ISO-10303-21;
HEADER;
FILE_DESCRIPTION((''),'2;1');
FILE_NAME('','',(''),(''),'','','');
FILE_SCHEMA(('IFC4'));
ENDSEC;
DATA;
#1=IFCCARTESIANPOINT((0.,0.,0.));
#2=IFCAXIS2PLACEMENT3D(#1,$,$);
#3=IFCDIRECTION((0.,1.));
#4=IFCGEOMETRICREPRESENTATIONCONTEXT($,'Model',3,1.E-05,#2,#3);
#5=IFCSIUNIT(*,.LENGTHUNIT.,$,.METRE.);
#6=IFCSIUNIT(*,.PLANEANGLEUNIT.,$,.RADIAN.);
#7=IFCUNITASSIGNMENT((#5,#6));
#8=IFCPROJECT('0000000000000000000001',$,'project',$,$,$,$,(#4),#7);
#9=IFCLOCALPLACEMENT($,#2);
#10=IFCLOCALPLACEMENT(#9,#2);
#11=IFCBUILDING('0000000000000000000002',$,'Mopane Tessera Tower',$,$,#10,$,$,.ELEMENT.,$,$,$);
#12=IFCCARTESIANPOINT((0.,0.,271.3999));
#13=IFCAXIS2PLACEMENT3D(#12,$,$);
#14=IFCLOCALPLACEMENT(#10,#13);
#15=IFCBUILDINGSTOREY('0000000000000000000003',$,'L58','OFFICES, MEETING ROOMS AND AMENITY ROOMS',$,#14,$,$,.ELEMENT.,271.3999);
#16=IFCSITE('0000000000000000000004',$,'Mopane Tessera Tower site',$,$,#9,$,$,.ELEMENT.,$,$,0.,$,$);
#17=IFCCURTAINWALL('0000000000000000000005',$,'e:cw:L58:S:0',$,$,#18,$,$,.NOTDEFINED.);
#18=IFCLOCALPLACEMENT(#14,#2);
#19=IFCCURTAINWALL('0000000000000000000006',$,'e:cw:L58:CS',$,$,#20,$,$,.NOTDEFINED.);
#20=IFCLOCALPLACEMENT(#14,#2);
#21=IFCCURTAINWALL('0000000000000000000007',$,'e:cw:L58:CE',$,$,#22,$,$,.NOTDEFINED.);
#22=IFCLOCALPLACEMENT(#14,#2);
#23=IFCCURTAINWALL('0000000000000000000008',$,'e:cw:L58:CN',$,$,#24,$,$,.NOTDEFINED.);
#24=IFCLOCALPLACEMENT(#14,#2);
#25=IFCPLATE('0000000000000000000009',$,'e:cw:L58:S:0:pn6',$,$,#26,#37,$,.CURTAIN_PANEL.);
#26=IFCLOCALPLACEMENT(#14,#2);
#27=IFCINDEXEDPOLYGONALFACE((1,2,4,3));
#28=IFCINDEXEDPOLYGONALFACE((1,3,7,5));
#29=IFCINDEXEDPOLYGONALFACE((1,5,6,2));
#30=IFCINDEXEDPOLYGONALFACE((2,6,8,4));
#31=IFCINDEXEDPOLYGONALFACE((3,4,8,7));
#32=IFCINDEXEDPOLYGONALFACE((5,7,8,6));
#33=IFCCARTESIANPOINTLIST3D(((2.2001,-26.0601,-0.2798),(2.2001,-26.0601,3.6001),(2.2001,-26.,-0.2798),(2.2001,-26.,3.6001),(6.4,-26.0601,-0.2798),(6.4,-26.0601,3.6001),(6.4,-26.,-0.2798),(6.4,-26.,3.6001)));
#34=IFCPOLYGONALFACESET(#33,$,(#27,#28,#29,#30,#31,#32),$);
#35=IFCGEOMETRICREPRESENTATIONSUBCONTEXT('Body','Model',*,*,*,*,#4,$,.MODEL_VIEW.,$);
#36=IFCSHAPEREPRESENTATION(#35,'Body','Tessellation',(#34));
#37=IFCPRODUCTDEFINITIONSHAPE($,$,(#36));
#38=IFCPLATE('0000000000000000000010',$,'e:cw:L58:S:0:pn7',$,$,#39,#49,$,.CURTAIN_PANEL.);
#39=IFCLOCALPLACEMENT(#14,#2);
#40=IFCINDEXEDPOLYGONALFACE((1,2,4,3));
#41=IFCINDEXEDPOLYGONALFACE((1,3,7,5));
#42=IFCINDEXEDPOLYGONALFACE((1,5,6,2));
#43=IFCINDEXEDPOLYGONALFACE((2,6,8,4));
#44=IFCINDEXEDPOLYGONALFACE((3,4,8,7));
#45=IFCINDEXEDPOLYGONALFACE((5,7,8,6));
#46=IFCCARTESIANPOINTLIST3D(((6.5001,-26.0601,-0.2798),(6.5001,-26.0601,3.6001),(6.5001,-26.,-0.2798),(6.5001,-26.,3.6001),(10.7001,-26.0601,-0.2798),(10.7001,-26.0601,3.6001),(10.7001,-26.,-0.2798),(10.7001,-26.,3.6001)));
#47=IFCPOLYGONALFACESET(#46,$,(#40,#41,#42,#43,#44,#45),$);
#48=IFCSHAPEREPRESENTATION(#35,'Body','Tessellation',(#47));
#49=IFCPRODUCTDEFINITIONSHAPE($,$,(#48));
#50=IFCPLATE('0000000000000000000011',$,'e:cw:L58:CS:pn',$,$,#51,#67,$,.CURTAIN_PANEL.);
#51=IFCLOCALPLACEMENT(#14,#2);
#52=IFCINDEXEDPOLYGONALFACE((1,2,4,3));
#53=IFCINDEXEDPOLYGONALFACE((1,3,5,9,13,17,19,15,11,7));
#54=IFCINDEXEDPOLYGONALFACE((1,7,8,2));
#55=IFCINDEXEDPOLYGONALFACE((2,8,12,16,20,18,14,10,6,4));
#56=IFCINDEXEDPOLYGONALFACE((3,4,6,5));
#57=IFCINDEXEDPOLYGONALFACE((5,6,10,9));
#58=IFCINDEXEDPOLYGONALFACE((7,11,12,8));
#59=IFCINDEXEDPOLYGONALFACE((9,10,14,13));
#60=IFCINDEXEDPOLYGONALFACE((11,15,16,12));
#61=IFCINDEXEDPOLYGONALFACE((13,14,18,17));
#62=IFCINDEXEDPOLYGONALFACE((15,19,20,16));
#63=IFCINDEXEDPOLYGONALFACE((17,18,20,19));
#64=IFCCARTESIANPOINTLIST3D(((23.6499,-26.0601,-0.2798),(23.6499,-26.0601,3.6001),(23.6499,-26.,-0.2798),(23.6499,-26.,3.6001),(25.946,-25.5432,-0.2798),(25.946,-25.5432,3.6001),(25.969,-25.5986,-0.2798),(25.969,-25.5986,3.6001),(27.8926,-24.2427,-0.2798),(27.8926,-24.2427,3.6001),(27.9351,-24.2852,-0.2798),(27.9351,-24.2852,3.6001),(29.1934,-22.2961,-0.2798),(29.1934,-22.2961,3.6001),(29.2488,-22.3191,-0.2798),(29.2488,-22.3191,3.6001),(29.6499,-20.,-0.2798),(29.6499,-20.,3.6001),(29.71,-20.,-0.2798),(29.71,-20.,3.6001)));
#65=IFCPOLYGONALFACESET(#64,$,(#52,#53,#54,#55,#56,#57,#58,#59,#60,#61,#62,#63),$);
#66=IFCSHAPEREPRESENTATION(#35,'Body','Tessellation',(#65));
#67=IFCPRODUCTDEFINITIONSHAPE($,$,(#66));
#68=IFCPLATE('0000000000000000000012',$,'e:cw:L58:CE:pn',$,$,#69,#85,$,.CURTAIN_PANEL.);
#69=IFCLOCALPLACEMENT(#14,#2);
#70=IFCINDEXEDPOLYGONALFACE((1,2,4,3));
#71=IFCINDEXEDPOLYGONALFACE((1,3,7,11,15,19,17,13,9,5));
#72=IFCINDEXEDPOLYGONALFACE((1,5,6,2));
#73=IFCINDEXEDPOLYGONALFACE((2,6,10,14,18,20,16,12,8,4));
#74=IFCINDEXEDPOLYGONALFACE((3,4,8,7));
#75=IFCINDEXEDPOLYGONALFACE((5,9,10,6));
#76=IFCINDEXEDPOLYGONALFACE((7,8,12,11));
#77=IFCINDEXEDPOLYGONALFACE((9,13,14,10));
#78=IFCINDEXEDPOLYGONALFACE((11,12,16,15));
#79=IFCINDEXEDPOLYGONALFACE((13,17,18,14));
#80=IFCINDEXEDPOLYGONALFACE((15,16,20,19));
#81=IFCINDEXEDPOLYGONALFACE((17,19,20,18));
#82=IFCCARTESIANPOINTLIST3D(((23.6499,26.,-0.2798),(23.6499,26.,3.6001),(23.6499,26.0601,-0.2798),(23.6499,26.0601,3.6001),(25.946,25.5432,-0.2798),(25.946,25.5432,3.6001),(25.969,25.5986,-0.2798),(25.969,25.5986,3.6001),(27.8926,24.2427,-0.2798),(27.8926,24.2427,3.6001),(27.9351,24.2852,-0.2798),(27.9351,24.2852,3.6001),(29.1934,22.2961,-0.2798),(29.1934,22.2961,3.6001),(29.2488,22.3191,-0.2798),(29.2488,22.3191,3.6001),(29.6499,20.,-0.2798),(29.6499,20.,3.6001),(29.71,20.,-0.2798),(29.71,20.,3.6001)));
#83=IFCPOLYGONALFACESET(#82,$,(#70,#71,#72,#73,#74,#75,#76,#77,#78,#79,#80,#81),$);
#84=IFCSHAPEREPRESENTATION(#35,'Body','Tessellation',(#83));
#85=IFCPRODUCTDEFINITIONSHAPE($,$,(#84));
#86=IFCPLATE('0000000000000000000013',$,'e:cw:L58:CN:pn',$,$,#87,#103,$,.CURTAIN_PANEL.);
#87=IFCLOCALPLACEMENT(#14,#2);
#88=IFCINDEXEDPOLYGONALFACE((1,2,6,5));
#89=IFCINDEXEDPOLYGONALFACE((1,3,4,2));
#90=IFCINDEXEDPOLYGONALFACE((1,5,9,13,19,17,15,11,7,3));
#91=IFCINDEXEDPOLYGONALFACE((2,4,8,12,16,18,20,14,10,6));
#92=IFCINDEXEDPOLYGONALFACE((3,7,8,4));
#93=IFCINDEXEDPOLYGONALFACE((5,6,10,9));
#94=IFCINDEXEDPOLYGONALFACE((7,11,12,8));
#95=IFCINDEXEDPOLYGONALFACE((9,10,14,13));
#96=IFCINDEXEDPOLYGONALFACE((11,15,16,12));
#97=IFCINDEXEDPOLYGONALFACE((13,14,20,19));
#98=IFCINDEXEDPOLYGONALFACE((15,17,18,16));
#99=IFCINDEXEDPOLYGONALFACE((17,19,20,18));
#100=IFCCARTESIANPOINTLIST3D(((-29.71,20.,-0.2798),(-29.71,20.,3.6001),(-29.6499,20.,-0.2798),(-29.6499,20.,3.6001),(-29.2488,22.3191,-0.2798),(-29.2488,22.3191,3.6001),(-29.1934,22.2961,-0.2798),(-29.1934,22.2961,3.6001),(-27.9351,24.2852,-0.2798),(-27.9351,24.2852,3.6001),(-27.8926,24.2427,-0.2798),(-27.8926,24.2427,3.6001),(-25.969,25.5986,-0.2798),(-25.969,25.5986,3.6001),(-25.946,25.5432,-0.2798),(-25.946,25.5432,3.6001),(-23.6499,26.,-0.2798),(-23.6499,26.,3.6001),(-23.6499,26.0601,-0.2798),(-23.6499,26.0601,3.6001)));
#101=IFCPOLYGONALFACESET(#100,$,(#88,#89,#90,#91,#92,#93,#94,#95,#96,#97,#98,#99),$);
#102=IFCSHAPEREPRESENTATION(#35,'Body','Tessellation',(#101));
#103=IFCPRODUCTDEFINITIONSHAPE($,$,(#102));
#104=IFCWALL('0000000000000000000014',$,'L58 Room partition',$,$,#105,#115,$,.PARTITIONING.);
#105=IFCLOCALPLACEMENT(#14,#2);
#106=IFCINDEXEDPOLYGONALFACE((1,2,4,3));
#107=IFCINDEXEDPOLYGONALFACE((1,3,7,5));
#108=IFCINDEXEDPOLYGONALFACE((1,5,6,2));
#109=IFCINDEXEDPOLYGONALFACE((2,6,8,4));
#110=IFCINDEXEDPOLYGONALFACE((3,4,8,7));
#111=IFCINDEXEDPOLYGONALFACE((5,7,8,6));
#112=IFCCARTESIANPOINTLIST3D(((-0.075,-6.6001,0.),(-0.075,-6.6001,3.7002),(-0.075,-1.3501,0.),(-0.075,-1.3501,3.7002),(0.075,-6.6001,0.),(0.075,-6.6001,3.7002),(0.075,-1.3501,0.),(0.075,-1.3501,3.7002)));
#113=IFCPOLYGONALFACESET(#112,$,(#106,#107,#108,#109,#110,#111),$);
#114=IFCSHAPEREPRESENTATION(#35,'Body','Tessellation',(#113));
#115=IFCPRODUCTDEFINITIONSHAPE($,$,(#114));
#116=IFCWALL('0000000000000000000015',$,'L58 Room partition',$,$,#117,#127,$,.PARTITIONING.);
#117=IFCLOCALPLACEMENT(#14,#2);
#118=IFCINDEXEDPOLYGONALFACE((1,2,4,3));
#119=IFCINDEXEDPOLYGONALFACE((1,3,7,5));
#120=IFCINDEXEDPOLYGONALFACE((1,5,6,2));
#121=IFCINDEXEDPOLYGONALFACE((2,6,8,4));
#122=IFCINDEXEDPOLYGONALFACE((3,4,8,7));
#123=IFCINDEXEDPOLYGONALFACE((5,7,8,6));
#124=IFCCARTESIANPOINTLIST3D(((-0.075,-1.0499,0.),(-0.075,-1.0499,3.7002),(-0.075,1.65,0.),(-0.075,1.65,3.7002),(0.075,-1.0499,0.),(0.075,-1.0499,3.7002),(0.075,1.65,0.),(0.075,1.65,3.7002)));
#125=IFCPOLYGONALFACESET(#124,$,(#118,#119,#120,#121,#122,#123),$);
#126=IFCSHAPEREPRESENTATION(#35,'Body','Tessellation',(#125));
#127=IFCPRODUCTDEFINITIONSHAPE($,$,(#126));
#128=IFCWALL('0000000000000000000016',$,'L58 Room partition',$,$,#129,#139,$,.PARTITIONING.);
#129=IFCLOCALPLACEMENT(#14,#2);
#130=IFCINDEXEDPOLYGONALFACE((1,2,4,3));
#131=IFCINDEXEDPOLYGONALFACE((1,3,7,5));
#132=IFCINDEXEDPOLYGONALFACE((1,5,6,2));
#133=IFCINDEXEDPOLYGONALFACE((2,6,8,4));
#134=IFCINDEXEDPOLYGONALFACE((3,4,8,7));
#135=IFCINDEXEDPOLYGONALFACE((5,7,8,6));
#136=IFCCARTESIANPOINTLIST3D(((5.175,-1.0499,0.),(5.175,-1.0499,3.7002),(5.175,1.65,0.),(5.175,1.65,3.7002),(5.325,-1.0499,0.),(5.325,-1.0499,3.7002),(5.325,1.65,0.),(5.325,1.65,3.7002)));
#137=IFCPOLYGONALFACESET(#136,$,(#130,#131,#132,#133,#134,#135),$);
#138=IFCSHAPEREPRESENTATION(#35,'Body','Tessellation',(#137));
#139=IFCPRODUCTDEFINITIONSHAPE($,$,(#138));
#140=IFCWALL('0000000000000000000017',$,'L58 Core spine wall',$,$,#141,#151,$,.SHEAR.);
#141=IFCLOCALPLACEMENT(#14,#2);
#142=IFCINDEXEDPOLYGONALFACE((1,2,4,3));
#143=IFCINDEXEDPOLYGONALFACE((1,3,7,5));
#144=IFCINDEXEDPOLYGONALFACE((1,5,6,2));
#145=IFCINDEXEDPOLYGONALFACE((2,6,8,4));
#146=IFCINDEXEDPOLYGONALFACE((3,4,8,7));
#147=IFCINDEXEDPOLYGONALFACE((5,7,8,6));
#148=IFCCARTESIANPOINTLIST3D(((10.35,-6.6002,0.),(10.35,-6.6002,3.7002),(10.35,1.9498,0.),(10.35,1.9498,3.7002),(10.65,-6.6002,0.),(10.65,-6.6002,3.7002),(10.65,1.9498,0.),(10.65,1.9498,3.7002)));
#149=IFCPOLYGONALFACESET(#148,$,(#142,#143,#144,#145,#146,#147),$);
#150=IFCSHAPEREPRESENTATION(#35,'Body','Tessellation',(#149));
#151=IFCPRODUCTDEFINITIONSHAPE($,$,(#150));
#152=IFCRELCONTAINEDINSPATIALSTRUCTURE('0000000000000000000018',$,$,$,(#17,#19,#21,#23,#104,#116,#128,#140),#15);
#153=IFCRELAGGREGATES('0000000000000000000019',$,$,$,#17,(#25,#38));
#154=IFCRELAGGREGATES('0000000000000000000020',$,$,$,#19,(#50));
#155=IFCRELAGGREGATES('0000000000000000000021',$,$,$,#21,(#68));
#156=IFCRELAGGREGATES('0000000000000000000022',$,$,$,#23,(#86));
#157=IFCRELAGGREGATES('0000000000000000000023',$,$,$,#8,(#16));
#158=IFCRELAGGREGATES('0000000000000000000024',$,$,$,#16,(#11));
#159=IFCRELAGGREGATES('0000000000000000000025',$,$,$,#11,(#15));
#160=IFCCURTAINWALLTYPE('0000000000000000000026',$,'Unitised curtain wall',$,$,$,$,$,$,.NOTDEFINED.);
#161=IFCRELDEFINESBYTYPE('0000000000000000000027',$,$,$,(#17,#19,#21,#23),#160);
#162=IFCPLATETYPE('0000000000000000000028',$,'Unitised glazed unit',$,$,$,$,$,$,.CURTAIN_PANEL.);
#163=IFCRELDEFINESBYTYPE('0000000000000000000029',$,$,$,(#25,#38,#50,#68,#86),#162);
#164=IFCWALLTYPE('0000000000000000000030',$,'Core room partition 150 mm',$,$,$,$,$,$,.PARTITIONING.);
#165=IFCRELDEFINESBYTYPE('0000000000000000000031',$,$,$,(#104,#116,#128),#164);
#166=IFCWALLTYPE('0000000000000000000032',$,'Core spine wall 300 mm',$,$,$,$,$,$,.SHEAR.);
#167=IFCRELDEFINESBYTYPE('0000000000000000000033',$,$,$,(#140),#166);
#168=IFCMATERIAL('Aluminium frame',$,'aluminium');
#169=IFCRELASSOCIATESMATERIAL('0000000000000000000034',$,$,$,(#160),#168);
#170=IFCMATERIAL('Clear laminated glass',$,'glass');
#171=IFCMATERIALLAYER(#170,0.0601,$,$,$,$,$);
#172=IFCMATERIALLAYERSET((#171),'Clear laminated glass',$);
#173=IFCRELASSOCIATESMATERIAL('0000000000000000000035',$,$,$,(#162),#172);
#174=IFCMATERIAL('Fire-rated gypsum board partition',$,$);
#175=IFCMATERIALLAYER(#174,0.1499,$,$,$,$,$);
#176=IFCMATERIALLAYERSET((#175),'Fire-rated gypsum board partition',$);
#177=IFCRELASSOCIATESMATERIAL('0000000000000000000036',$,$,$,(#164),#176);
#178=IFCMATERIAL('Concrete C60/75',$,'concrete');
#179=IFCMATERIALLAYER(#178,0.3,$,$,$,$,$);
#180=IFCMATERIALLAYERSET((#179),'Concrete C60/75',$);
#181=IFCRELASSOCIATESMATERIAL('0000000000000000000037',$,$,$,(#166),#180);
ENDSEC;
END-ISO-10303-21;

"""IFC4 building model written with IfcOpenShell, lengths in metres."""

from ifc_helpers import new_model, si_unit, direction, frame, frame_2d, origin, origin_2d, place, context, subcontext, project, spatial, polyline, rectangle, outline, extrude, material, layer, layer_set, type_object, element, aggregate, save


model = new_model("IFC4")

# Units and contexts
model_context = context("Model", 3, precision=1e-05, world=origin(), true_north=direction((0.0, 1.0)))
body_context = subcontext(model_context, "Body", "Model", "MODEL_VIEW")
ifc_project = project(units=[si_unit("LENGTHUNIT", "METRE"), si_unit("PLANEANGLEUNIT", "RADIAN")], contexts=[model_context])

# Site, building, storey
site_placement = place(None, origin())
site = spatial("IfcSite", under=ifc_project, at=site_placement, Name="Mopane Tessera Tower site", CompositionType="ELEMENT", RefElevation=0.0)
building_placement = place(site_placement, origin())
building = spatial("IfcBuilding", under=site, at=building_placement, Name="Mopane Tessera Tower", CompositionType="ELEMENT")
storey_placement = place(building_placement, frame((0.0, 0.0, 271.3999)))
storey = spatial("IfcBuildingStorey", under=building, at=storey_placement, Name="L58", Description="OFFICES, MEETING ROOMS AND AMENITY ROOMS", CompositionType="ELEMENT", Elevation=271.3999)

# Curtain wall
ifc_material_1 = material(Name="Aluminium frame", Category="aluminium")
curtain_wall_type = type_object("IfcCurtainWallType", Name="Unitised curtain wall", PredefinedType="NOTDEFINED", material=ifc_material_1)
curtain_wall_1_placement = place(storey_placement, origin())
curtain_wall_1 = element("IfcCurtainWall", 1, at=curtain_wall_1_placement, inside=storey, type_object=curtain_wall_type, Name="e:cw:L58:S:0", PredefinedType="NOTDEFINED")

# Curtain walls
curtain_wall_2_placement = place(storey_placement, origin())
curtain_wall_2 = element("IfcCurtainWall", 2, at=curtain_wall_2_placement, inside=storey, type_object=curtain_wall_type, Name="e:cw:L58:CS", PredefinedType="NOTDEFINED")
curtain_wall_3_placement = place(storey_placement, origin())
curtain_wall_3 = element("IfcCurtainWall", 3, at=curtain_wall_3_placement, inside=storey, type_object=curtain_wall_type, Name="e:cw:L58:CE", PredefinedType="NOTDEFINED")
curtain_wall_4_placement = place(storey_placement, origin())
curtain_wall_4 = element("IfcCurtainWall", 4, at=curtain_wall_4_placement, inside=storey, type_object=curtain_wall_type, Name="e:cw:L58:CN", PredefinedType="NOTDEFINED")

# Plates
ifc_material_2 = material(Name="Clear laminated glass", Category="glass")
ifc_layer_1 = layer(ifc_material_2, 0.0601)
ifc_layer_set_1 = layer_set([ifc_layer_1], Name="Clear laminated glass")
plate_type = type_object("IfcPlateType", Name="Unitised glazed unit", PredefinedType="CURTAIN_PANEL", material=ifc_layer_set_1)
plate_1_placement = place(storey_placement, frame((4.3, -26.03, -0.2798), z_axis=(0.0, 0.0, 1.0), x_axis=(1.0, 0.0, 0.0)))
plate_1 = element("IfcPlate", 5, at=plate_1_placement, type_object=plate_type, Name="e:cw:L58:S:0:pn6", PredefinedType="CURTAIN_PANEL", context=body_context, shape_type="SweptSolid", body=[
    extrude(rectangle(XDim=4.2, YDim=0.0601, at=origin_2d()), origin(), (0.0, 0.0, 1.0), 3.8799),
])
plate_2_placement = place(storey_placement, frame((8.6001, -26.03, -0.2798), z_axis=(0.0, 0.0, 1.0), x_axis=(1.0, 0.0, 0.0)))
plate_2 = element("IfcPlate", 6, at=plate_2_placement, type_object=plate_type, Name="e:cw:L58:S:0:pn7", PredefinedType="CURTAIN_PANEL", context=body_context, shape_type="SweptSolid", body=[
    extrude(rectangle(XDim=4.2, YDim=0.0601, at=origin_2d()), origin(), (0.0, 0.0, 1.0), 3.8799),
])
aggregate(curtain_wall_1, [plate_1, plate_2])
plate_3_placement = place(storey_placement, frame((0.0, 0.0, -0.2798)))
plate_3 = element("IfcPlate", 7, at=plate_3_placement, type_object=plate_type, Name="e:cw:L58:CS:pn", PredefinedType="CURTAIN_PANEL", context=body_context, shape_type="SweptSolid", body=[
    extrude(outline(polyline([(23.6499, -26.0), (25.946, -25.5432), (27.8926, -24.2427), (29.1934, -22.2961), (29.6499, -20.0), (29.71, -20.0), (29.2488, -22.3191), (27.9351, -24.2852), (25.969, -25.5986), (23.6499, -26.0601), (23.6499, -26.0)])), origin(), (0.0, 0.0, 1.0), 3.8799),
])
aggregate(curtain_wall_2, [plate_3])
plate_4_placement = place(storey_placement, frame((0.0, 0.0, -0.2798)))
plate_4 = element("IfcPlate", 8, at=plate_4_placement, type_object=plate_type, Name="e:cw:L58:CE:pn", PredefinedType="CURTAIN_PANEL", context=body_context, shape_type="SweptSolid", body=[
    extrude(outline(polyline([(29.6499, 20.0), (29.1934, 22.2961), (27.8926, 24.2427), (25.946, 25.5432), (23.6499, 26.0), (23.6499, 26.0601), (25.969, 25.5986), (27.9351, 24.2852), (29.2488, 22.3191), (29.71, 20.0), (29.6499, 20.0)])), origin(), (0.0, 0.0, 1.0), 3.8799),
])
aggregate(curtain_wall_3, [plate_4])
plate_5_placement = place(storey_placement, frame((0.0, 0.0, -0.2798)))
plate_5 = element("IfcPlate", 9, at=plate_5_placement, type_object=plate_type, Name="e:cw:L58:CN:pn", PredefinedType="CURTAIN_PANEL", context=body_context, shape_type="SweptSolid", body=[
    extrude(outline(polyline([(-23.6499, 26.0), (-25.946, 25.5432), (-27.8926, 24.2427), (-29.1934, 22.2961), (-29.6499, 20.0), (-29.71, 20.0), (-29.2488, 22.3191), (-27.9351, 24.2852), (-25.969, 25.5986), (-23.6499, 26.0601), (-23.6499, 26.0)])), origin(), (0.0, 0.0, 1.0), 3.8799),
])
aggregate(curtain_wall_4, [plate_5])

# Walls
ifc_material_3 = material(Name="Fire-rated gypsum board partition")
ifc_layer_2 = layer(ifc_material_3, 0.1499)
ifc_layer_set_2 = layer_set([ifc_layer_2], Name="Fire-rated gypsum board partition")
wall_type_1 = type_object("IfcWallType", Name="Core room partition 150 mm", PredefinedType="PARTITIONING", material=ifc_layer_set_2)
wall_1_placement = place(storey_placement, frame((0.0, -6.6001, 0.0), z_axis=(0.0, 0.0, 1.0), x_axis=(0.0, 1.0, 0.0)))
element("IfcWall", 10, at=wall_1_placement, inside=storey, type_object=wall_type_1, Name="L58 Room partition", PredefinedType="PARTITIONING", context=body_context, shape_type="SweptSolid", body=[
    extrude(rectangle(XDim=5.25, YDim=0.1499, at=frame_2d((2.625, 0.0))), origin(), (0.0, 0.0, 1.0), 3.7002),
])
for number, where, z_axis, x_axis, name in (
    (11, (0.0, -1.05, 0.0), (0.0, 0.0, 1.0), (0.0, 1.0, 0.0), "L58 Room partition"),
    (12, (5.25, -1.05, 0.0), (0.0, 0.0, 1.0), (0.0, 1.0, 0.0), "L58 Room partition"),
):
    element("IfcWall", number, at=place(storey_placement, frame(where, z_axis=z_axis, x_axis=x_axis)), inside=storey, type_object=wall_type_1, Name=name, PredefinedType="PARTITIONING", context=body_context, shape_type="SweptSolid", body=[
        extrude(rectangle(XDim=2.7, YDim=0.1499, at=frame_2d((1.3501, 0.0))), origin(), (0.0, 0.0, 1.0), 3.7002),
    ])
ifc_material_4 = material(Name="Concrete C60/75", Category="concrete")
ifc_layer_3 = layer(ifc_material_4, 0.3)
ifc_layer_set_3 = layer_set([ifc_layer_3], Name="Concrete C60/75")
wall_type_2 = type_object("IfcWallType", Name="Core spine wall 300 mm", PredefinedType="SHEAR", material=ifc_layer_set_3)
wall_2_placement = place(storey_placement, frame((10.5, -6.6001, 0.0), z_axis=(0.0, 0.0, 1.0), x_axis=(0.0, 1.0, 0.0)))
element("IfcWall", 13, at=wall_2_placement, inside=storey, type_object=wall_type_2, Name="L58 Core spine wall", PredefinedType="SHEAR", context=body_context, shape_type="SweptSolid", body=[
    extrude(rectangle(XDim=8.55, YDim=0.3, at=frame_2d((4.2749, 0.0))), origin(), (0.0, 0.0, 1.0), 3.7002),
])

save(model, "model.ifc")
